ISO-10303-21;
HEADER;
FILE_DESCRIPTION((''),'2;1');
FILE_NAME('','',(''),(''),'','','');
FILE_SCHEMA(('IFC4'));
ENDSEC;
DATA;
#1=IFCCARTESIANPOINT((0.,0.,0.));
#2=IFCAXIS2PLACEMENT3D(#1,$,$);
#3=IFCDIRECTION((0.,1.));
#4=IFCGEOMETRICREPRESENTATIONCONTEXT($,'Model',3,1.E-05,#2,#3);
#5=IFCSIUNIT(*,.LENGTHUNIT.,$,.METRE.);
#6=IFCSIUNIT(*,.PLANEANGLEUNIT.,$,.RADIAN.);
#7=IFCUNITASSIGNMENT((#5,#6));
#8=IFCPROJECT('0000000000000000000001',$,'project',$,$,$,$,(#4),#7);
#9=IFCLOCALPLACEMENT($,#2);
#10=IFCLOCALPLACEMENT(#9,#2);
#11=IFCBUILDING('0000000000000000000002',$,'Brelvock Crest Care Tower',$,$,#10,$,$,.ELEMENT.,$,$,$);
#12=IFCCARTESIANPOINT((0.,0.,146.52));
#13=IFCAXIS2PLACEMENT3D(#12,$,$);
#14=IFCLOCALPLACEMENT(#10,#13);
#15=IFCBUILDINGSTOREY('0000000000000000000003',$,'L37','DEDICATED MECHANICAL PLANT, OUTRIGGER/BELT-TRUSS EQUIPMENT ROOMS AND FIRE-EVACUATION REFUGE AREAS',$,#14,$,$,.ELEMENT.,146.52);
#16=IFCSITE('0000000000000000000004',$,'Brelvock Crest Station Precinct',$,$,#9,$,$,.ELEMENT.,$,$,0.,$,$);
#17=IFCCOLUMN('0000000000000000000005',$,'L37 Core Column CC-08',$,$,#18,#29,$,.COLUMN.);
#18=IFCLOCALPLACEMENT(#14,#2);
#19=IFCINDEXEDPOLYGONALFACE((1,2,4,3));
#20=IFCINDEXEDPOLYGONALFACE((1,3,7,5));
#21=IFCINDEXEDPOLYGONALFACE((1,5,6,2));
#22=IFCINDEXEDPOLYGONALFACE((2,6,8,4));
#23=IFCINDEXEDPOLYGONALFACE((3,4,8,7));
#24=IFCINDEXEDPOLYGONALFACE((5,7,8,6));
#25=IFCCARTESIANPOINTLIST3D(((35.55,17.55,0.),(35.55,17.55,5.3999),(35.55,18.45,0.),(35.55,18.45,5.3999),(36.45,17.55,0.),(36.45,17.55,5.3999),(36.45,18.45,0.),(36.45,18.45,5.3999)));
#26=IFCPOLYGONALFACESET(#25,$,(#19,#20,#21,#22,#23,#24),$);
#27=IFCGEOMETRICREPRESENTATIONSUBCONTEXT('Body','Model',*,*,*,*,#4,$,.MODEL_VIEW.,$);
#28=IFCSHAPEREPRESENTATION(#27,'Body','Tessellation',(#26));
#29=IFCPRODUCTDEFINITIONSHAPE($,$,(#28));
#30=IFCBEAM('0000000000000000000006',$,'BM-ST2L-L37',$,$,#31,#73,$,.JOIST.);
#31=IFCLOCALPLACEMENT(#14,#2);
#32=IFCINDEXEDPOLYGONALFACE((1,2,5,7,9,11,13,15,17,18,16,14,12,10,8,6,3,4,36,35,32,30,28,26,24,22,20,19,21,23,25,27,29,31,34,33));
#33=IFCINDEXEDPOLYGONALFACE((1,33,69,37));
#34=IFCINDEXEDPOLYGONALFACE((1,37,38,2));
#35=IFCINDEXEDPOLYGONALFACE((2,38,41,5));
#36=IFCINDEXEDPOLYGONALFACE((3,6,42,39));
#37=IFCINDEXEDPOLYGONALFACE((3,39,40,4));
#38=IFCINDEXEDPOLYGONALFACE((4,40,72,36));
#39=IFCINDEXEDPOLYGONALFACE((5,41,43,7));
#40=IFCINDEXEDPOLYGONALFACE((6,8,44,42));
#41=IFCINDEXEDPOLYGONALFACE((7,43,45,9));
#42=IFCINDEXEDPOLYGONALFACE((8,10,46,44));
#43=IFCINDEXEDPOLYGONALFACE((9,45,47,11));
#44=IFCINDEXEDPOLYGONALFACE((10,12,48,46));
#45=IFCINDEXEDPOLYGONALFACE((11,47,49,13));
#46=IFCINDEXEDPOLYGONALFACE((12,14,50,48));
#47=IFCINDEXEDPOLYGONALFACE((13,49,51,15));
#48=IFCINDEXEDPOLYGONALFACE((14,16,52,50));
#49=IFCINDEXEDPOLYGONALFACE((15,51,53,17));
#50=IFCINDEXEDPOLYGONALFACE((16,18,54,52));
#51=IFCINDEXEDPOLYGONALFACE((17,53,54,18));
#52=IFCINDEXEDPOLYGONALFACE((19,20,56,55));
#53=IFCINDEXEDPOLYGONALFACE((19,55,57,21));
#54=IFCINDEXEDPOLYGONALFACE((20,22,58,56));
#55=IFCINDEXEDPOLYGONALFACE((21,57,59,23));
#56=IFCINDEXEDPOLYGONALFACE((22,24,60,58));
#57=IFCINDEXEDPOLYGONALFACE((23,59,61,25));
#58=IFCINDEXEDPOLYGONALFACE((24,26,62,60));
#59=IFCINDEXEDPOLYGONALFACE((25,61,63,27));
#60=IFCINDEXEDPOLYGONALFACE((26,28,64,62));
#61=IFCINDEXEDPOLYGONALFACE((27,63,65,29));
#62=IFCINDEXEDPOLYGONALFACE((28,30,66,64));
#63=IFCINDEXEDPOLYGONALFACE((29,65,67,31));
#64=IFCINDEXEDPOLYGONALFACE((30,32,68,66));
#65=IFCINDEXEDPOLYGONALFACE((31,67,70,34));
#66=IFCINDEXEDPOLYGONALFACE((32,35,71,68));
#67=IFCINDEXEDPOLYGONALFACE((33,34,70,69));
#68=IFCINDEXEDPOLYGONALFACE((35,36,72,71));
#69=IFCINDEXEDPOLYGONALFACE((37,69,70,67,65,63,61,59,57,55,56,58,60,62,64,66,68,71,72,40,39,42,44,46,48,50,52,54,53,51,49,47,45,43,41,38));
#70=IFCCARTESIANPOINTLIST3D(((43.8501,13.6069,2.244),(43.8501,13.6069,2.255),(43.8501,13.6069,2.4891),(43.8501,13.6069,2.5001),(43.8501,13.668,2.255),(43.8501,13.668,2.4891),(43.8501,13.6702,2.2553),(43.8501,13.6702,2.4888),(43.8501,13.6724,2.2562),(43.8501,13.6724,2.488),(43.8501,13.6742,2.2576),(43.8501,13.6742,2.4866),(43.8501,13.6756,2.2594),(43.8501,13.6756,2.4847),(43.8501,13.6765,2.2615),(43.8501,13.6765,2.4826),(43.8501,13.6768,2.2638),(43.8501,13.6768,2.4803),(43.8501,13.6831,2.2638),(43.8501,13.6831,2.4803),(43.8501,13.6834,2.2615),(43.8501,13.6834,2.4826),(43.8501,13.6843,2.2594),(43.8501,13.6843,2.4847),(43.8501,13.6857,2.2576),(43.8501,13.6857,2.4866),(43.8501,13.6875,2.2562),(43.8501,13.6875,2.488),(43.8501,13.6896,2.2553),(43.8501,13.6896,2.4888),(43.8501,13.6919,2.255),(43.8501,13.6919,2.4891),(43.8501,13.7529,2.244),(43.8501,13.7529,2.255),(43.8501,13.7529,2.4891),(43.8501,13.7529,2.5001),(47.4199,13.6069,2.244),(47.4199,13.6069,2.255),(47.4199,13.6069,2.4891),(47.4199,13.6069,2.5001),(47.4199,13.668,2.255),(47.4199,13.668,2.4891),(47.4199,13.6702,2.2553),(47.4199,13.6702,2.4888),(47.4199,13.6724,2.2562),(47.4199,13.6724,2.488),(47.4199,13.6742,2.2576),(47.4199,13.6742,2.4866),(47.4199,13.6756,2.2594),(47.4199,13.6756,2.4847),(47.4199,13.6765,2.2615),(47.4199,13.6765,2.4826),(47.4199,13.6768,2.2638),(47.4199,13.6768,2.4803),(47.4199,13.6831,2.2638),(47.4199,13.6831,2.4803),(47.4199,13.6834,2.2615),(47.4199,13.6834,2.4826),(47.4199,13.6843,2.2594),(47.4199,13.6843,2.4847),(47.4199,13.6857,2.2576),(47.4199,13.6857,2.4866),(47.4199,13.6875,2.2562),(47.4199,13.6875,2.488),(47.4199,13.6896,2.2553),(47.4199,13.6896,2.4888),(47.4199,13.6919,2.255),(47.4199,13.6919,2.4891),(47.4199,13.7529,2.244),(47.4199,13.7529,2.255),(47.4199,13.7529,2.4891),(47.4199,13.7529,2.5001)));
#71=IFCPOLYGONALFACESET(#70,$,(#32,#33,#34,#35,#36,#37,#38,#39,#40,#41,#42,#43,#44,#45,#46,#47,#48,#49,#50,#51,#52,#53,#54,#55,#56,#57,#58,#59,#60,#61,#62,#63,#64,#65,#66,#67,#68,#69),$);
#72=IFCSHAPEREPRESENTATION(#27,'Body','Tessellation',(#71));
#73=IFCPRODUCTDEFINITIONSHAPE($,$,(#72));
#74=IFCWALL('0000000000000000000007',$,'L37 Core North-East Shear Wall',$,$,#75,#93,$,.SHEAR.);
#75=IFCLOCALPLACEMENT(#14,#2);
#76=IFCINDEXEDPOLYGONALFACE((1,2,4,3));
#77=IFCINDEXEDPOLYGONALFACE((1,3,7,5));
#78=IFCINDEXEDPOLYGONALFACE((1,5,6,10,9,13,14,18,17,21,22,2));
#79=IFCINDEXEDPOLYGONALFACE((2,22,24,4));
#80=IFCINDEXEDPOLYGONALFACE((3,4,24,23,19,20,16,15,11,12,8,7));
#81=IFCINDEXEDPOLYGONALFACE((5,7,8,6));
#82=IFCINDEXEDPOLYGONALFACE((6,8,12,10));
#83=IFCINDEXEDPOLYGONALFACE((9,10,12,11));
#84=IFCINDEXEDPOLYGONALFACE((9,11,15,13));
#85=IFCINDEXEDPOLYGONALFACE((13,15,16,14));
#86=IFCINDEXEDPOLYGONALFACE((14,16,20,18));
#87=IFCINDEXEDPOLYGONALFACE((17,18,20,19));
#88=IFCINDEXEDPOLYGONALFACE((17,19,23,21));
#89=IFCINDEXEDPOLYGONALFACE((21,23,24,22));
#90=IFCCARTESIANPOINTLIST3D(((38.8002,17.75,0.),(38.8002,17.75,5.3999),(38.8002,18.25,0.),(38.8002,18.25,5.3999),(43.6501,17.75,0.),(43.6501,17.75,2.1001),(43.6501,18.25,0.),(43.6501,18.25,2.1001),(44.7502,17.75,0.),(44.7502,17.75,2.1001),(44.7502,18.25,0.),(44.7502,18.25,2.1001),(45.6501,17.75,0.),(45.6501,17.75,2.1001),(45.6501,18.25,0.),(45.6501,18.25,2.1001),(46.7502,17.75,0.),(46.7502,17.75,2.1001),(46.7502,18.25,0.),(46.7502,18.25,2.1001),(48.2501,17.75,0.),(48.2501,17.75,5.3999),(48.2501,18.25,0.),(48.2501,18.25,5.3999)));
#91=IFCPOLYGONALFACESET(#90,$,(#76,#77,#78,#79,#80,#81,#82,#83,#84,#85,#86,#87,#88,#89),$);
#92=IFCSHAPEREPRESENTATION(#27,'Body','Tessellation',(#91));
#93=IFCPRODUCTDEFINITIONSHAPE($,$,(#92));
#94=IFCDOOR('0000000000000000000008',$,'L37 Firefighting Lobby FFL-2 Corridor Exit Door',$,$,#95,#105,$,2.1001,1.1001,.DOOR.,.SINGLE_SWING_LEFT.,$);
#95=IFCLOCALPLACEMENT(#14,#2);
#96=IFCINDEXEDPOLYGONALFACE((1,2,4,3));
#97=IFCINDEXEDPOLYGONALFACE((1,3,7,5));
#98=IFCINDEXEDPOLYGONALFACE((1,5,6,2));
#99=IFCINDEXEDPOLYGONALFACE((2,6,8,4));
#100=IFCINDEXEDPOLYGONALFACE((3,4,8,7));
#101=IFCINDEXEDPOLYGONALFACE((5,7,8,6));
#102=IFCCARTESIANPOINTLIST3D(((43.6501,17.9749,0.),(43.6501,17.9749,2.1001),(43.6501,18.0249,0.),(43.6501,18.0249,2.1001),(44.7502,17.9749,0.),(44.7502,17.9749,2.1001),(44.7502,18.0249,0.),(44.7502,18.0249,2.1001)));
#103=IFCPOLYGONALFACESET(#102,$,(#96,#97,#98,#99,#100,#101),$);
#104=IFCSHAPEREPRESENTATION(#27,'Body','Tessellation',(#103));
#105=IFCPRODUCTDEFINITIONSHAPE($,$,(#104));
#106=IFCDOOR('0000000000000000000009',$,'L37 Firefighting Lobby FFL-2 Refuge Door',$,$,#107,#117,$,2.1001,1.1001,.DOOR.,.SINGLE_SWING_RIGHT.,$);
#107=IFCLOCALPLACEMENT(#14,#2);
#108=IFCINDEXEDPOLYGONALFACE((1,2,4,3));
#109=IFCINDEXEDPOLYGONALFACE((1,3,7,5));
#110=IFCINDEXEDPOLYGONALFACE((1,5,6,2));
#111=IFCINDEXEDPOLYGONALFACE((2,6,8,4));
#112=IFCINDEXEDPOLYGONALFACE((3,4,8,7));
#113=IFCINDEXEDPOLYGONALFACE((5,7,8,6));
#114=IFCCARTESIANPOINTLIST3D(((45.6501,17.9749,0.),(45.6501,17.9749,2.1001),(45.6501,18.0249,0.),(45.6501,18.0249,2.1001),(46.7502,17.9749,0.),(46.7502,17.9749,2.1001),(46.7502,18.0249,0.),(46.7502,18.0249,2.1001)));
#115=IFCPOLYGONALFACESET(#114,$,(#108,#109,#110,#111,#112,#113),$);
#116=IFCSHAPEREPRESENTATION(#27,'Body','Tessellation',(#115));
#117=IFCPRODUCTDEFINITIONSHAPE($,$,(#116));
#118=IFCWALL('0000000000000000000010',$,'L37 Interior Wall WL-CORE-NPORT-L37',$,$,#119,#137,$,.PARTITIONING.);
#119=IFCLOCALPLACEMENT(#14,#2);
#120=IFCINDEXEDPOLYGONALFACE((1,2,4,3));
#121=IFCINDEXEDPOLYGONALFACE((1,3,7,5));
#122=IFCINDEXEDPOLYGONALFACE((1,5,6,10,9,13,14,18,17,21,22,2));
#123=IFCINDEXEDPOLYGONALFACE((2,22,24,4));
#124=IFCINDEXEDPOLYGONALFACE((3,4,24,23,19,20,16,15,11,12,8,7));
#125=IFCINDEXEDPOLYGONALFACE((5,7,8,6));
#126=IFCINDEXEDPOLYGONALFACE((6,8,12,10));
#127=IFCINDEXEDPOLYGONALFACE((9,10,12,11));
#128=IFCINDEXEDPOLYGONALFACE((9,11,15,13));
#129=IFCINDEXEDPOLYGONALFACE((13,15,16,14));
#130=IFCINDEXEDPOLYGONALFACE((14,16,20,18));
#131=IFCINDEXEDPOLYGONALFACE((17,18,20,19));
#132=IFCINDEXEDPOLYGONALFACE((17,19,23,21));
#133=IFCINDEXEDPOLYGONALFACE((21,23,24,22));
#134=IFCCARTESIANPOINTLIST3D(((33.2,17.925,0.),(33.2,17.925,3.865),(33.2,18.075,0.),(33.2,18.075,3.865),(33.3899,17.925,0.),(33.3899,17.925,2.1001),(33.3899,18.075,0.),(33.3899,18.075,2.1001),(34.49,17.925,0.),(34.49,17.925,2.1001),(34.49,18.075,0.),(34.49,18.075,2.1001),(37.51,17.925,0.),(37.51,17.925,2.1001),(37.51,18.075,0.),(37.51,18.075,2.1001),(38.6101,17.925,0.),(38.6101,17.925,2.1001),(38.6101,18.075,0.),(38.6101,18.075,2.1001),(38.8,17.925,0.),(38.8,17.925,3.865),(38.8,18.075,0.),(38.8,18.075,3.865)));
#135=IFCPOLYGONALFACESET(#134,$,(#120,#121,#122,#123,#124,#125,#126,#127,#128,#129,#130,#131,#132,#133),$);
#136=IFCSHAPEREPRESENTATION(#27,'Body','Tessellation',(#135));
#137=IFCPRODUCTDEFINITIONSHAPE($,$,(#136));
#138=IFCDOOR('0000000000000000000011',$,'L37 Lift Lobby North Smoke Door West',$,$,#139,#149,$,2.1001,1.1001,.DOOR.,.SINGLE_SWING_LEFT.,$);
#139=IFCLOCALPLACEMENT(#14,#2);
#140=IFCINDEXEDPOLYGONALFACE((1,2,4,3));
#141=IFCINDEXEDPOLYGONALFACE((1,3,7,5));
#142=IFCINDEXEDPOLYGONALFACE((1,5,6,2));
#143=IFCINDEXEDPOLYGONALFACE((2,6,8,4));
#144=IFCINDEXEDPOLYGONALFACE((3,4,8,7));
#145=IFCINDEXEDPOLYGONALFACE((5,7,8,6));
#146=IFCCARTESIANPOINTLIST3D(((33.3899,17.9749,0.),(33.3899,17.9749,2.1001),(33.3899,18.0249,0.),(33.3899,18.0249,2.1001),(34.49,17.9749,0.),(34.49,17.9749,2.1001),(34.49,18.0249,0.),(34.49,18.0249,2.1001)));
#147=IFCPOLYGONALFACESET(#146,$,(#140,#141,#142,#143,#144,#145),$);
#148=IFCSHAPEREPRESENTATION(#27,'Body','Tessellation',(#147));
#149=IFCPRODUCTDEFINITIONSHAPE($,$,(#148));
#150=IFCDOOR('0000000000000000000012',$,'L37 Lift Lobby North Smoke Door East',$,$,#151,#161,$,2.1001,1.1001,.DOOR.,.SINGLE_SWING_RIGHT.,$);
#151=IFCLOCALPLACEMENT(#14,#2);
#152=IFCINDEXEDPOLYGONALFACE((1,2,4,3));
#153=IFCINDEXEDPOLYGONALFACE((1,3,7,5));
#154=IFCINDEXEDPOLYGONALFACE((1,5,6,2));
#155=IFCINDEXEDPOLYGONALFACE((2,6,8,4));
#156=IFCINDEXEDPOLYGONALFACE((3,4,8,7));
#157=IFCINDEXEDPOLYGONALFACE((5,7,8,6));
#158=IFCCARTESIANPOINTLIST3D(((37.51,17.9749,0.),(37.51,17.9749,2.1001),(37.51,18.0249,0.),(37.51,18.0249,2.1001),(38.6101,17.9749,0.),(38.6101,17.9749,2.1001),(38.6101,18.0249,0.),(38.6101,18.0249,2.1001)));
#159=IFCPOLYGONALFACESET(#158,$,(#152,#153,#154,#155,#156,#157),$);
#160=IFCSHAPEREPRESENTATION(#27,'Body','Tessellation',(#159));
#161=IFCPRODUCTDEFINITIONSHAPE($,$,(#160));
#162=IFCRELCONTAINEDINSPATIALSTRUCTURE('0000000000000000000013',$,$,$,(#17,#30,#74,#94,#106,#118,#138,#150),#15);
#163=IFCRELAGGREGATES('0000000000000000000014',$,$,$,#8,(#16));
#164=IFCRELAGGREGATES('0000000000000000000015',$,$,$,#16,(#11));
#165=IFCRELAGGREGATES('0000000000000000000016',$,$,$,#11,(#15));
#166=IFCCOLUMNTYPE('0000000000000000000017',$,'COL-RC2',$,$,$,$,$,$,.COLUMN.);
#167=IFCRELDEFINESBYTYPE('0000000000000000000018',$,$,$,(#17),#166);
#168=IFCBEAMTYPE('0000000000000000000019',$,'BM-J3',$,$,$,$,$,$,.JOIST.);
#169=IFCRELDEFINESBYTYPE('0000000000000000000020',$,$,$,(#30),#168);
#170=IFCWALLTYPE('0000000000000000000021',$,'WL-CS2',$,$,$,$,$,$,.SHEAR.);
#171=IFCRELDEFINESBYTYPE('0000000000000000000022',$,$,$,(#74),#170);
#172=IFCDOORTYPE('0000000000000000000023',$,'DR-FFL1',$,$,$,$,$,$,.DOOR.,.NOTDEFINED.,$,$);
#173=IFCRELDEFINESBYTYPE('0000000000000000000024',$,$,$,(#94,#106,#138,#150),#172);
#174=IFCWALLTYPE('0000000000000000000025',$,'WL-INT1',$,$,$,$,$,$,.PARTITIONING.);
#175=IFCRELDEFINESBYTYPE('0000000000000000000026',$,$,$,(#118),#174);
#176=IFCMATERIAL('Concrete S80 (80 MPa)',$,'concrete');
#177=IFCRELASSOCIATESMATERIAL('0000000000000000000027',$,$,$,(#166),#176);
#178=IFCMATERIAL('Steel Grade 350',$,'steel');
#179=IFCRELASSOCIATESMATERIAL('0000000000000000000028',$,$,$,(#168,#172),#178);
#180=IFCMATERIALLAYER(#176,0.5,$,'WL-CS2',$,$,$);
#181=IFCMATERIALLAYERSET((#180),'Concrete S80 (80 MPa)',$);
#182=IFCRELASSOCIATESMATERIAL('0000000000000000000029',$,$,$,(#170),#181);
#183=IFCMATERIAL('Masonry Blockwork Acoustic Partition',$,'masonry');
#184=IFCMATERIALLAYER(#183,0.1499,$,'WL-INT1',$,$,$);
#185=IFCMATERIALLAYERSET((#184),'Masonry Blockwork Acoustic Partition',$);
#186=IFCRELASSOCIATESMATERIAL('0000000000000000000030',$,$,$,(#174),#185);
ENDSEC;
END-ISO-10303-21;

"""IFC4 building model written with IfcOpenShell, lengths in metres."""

from ifc_helpers import new_model, si_unit, direction, frame, frame_2d, origin, origin_2d, place, context, subcontext, project, spatial, rectangle, i_section, extrude, source, transform, mapped, material, layer, layer_set, material_profile, profile_set, type_object, element, fill, save


model = new_model("IFC4")

# Units and contexts
model_context = context("Model", 3, precision=1e-05, world=origin(), true_north=direction((0.0, 1.0)))
body_context = subcontext(model_context, "Body", "Model", "MODEL_VIEW")
ifc_project = project(units=[si_unit("LENGTHUNIT", "METRE"), si_unit("PLANEANGLEUNIT", "RADIAN")], contexts=[model_context])

# Site, building, storey
site_placement = place(None, origin())
site = spatial("IfcSite", under=ifc_project, at=site_placement, Name="Brelvock Crest Station Precinct", CompositionType="ELEMENT", RefElevation=0.0)
building_placement = place(site_placement, origin())
building = spatial("IfcBuilding", under=site, at=building_placement, Name="Brelvock Crest Care Tower", CompositionType="ELEMENT")
storey_placement = place(building_placement, frame((0.0, 0.0, 146.52)))
storey = spatial("IfcBuildingStorey", under=building, at=storey_placement, Name="L37", Description="DEDICATED MECHANICAL PLANT, OUTRIGGER/BELT-TRUSS EQUIPMENT ROOMS AND FIRE-EVACUATION REFUGE AREAS", CompositionType="ELEMENT", Elevation=146.52)

# Column
ifc_material_1 = material(Name="Concrete S80 (80 MPa)", Category="concrete")
ifc_material_profile_1 = material_profile(ifc_material_1, rectangle(XDim=0.8999, YDim=0.8999, at=origin_2d()), Name="RC900x900")
ifc_profile_set_1 = profile_set([ifc_material_profile_1], Name="Concrete S80 (80 MPa)")
column_type = type_object("IfcColumnType", Name="COL-RC2", PredefinedType="COLUMN", material=ifc_profile_set_1)
shared_shape_1 = source(origin(), body_context, "Body", "SweptSolid", [
    extrude(rectangle(XDim=0.8999, YDim=0.8999, at=origin_2d()), origin(), (0.0, 0.0, 1.0), 5.3999),
])
column_placement = place(storey_placement, frame((36.0, 18.0, 0.0), z_axis=(0.0, 0.0, 1.0), x_axis=(1.0, 0.0, 0.0)))
element("IfcColumn", 1, at=column_placement, inside=storey, type_object=column_type, Name="L37 Core Column CC-08", PredefinedType="COLUMN", context=body_context, shape_type="MappedRepresentation", body=[
    mapped(shared_shape_1, transform((0.0, 0.0, 0.0), x_axis=(1.0, 0.0, 0.0), y_axis=(0.0, 1.0, 0.0), z_axis=(0.0, 0.0, 1.0), scale=1.0)),
])

# Beam
ifc_material_2 = material(Name="Steel Grade 350", Category="steel")
ifc_material_profile_2 = material_profile(ifc_material_2, i_section(OverallWidth=0.146, OverallDepth=0.2561, WebThickness=0.0063, FlangeThickness=0.011, FilletRadius=0.0088, at=origin_2d()), Name="250UB37.3")
ifc_profile_set_2 = profile_set([ifc_material_profile_2], Name="Steel Grade 350")
beam_type = type_object("IfcBeamType", Name="BM-J3", PredefinedType="JOIST", material=ifc_profile_set_2)
shared_shape_2 = source(origin(), body_context, "Body", "SweptSolid", [
    extrude(i_section(OverallWidth=0.146, OverallDepth=0.2561, WebThickness=0.0063, FlangeThickness=0.011, FilletRadius=0.0088, at=origin_2d()), origin(), (0.0, 0.0, 1.0), 3.5698),
])
beam_placement = place(storey_placement, frame((43.8501, 13.6799, 2.3721), z_axis=(1.0, 0.0, 0.0), x_axis=(0.0, 1.0, 0.0)))
element("IfcBeam", 2, at=beam_placement, inside=storey, type_object=beam_type, Name="BM-ST2L-L37", PredefinedType="JOIST", context=body_context, shape_type="MappedRepresentation", body=[
    mapped(shared_shape_2, transform((0.0, 0.0, 0.0), x_axis=(1.0, 0.0, 0.0), y_axis=(0.0, 1.0, 0.0), z_axis=(0.0, 0.0, 1.0), scale=1.0)),
])

# Walls, openings, doors
ifc_layer_1 = layer(ifc_material_1, 0.5, Name="WL-CS2")
ifc_layer_set_1 = layer_set([ifc_layer_1], Name="Concrete S80 (80 MPa)")
wall_type_1 = type_object("IfcWallType", Name="WL-CS2", PredefinedType="SHEAR", material=ifc_layer_set_1)
wall_1_placement = place(storey_placement, frame((38.8, 18.0, 0.0), z_axis=(0.0, 0.0, 1.0), x_axis=(1.0, 0.0, 0.0)))
wall_1 = element("IfcWall", 3, at=wall_1_placement, inside=storey, type_object=wall_type_1, Name="L37 Core North-East Shear Wall", PredefinedType="SHEAR", context=body_context, shape_type="SweptSolid", body=[
    extrude(rectangle(XDim=9.45, YDim=0.5, at=frame_2d((4.7251, 0.0))), origin(), (0.0, 0.0, 1.0), 5.3999),
])
opening_1_placement = place(wall_1_placement, frame((4.8501, 0.0, 0.0)))
opening_1 = element("IfcOpeningElement", 4, at=opening_1_placement, cuts=wall_1, PredefinedType="OPENING", context=body_context, shape_type="SweptSolid", body=[
    extrude(rectangle(XDim=1.1001, YDim=2.1001, at=origin_2d()), frame((0.55, 0.26, 1.05), z_axis=(0.0, -1.0, 0.0), x_axis=(1.0, 0.0, 0.0)), (0.0, 0.0, 1.0), 0.52),
])
opening_2_placement = place(wall_1_placement, frame((6.8501, 0.0, 0.0)))
opening_2 = element("IfcOpeningElement", 5, at=opening_2_placement, cuts=wall_1, PredefinedType="OPENING", context=body_context, shape_type="SweptSolid", body=[
    extrude(rectangle(XDim=1.1001, YDim=2.1001, at=origin_2d()), frame((0.55, 0.26, 1.05), z_axis=(0.0, -1.0, 0.0), x_axis=(1.0, 0.0, 0.0)), (0.0, 0.0, 1.0), 0.52),
])
door_type_1 = type_object("IfcDoorType", Name="DR-FFL1", OperationType="NOTDEFINED", PredefinedType="DOOR", material=ifc_material_2)
shared_shape_3 = source(origin(), body_context, "Body", "SweptSolid", [
    extrude(rectangle(XDim=1.1001, YDim=2.1001, at=origin_2d()), frame((0.55, 0.0249, 1.05), z_axis=(0.0, -1.0, 0.0), x_axis=(1.0, 0.0, 0.0)), (0.0, 0.0, 1.0), 0.05),
])
door_1_placement = place(opening_1_placement, origin())
door_1 = element("IfcDoor", 6, at=door_1_placement, inside=storey, type_object=door_type_1, Name="L37 Firefighting Lobby FFL-2 Corridor Exit Door", OperationType="SINGLE_SWING_LEFT", OverallHeight=2.1001, OverallWidth=1.1001, PredefinedType="DOOR", context=body_context, shape_type="MappedRepresentation", body=[
    mapped(shared_shape_3, transform((0.0, 0.0, 0.0), x_axis=(1.0, 0.0, 0.0), y_axis=(0.0, 1.0, 0.0), z_axis=(0.0, 0.0, 1.0), scale=1.0)),
])
fill(opening_1, door_1)
door_2_placement = place(opening_2_placement, origin())
door_2 = element("IfcDoor", 7, at=door_2_placement, inside=storey, type_object=door_type_1, Name="L37 Firefighting Lobby FFL-2 Refuge Door", OperationType="SINGLE_SWING_RIGHT", OverallHeight=2.1001, OverallWidth=1.1001, PredefinedType="DOOR", context=body_context, shape_type="MappedRepresentation", body=[
    mapped(shared_shape_3, transform((0.0, 0.0, 0.0), x_axis=(1.0, 0.0, 0.0), y_axis=(0.0, 1.0, 0.0), z_axis=(0.0, 0.0, 1.0), scale=1.0)),
])
fill(opening_2, door_2)
ifc_material_3 = material(Name="Masonry Blockwork Acoustic Partition", Category="masonry")
ifc_layer_2 = layer(ifc_material_3, 0.1499, Name="WL-INT1")
ifc_layer_set_2 = layer_set([ifc_layer_2], Name="Masonry Blockwork Acoustic Partition")
wall_type_2 = type_object("IfcWallType", Name="WL-INT1", PredefinedType="PARTITIONING", material=ifc_layer_set_2)
wall_2_placement = place(storey_placement, frame((33.2, 18.0, 0.0), z_axis=(0.0, 0.0, 1.0), x_axis=(1.0, 0.0, 0.0)))
wall_2 = element("IfcWall", 8, at=wall_2_placement, inside=storey, type_object=wall_type_2, Name="L37 Interior Wall WL-CORE-NPORT-L37", PredefinedType="PARTITIONING", context=body_context, shape_type="SweptSolid", body=[
    extrude(rectangle(XDim=5.6001, YDim=0.1499, at=frame_2d((2.8, 0.0))), origin(), (0.0, 0.0, 1.0), 3.865),
])
opening_3_placement = place(wall_2_placement, frame((0.1899, 0.0, 0.0)))
opening_3 = element("IfcOpeningElement", 9, at=opening_3_placement, cuts=wall_2, PredefinedType="OPENING", context=body_context, shape_type="SweptSolid", body=[
    extrude(rectangle(XDim=1.1001, YDim=2.1001, at=origin_2d()), frame((0.55, 0.085, 1.05), z_axis=(0.0, -1.0, 0.0), x_axis=(1.0, 0.0, 0.0)), (0.0, 0.0, 1.0), 0.1699),
])
opening_4_placement = place(wall_2_placement, frame((4.3101, 0.0, 0.0)))
opening_4 = element("IfcOpeningElement", 10, at=opening_4_placement, cuts=wall_2, PredefinedType="OPENING", context=body_context, shape_type="SweptSolid", body=[
    extrude(rectangle(XDim=1.1001, YDim=2.1001, at=origin_2d()), frame((0.55, 0.085, 1.05), z_axis=(0.0, -1.0, 0.0), x_axis=(1.0, 0.0, 0.0)), (0.0, 0.0, 1.0), 0.1699),
])
door_3_placement = place(opening_3_placement, origin())
door_3 = element("IfcDoor", 11, at=door_3_placement, inside=storey, type_object=door_type_1, Name="L37 Lift Lobby North Smoke Door West", OperationType="SINGLE_SWING_LEFT", OverallHeight=2.1001, OverallWidth=1.1001, PredefinedType="DOOR", context=body_context, shape_type="MappedRepresentation", body=[
    mapped(shared_shape_3, transform((0.0, 0.0, 0.0), x_axis=(1.0, 0.0, 0.0), y_axis=(0.0, 1.0, 0.0), z_axis=(0.0, 0.0, 1.0), scale=1.0)),
])
fill(opening_3, door_3)
door_4_placement = place(opening_4_placement, origin())
door_4 = element("IfcDoor", 12, at=door_4_placement, inside=storey, type_object=door_type_1, Name="L37 Lift Lobby North Smoke Door East", OperationType="SINGLE_SWING_RIGHT", OverallHeight=2.1001, OverallWidth=1.1001, PredefinedType="DOOR", context=body_context, shape_type="MappedRepresentation", body=[
    mapped(shared_shape_3, transform((0.0, 0.0, 0.0), x_axis=(1.0, 0.0, 0.0), y_axis=(0.0, 1.0, 0.0), z_axis=(0.0, 0.0, 1.0), scale=1.0)),
])
fill(opening_4, door_4)

save(model, "model.ifc")
